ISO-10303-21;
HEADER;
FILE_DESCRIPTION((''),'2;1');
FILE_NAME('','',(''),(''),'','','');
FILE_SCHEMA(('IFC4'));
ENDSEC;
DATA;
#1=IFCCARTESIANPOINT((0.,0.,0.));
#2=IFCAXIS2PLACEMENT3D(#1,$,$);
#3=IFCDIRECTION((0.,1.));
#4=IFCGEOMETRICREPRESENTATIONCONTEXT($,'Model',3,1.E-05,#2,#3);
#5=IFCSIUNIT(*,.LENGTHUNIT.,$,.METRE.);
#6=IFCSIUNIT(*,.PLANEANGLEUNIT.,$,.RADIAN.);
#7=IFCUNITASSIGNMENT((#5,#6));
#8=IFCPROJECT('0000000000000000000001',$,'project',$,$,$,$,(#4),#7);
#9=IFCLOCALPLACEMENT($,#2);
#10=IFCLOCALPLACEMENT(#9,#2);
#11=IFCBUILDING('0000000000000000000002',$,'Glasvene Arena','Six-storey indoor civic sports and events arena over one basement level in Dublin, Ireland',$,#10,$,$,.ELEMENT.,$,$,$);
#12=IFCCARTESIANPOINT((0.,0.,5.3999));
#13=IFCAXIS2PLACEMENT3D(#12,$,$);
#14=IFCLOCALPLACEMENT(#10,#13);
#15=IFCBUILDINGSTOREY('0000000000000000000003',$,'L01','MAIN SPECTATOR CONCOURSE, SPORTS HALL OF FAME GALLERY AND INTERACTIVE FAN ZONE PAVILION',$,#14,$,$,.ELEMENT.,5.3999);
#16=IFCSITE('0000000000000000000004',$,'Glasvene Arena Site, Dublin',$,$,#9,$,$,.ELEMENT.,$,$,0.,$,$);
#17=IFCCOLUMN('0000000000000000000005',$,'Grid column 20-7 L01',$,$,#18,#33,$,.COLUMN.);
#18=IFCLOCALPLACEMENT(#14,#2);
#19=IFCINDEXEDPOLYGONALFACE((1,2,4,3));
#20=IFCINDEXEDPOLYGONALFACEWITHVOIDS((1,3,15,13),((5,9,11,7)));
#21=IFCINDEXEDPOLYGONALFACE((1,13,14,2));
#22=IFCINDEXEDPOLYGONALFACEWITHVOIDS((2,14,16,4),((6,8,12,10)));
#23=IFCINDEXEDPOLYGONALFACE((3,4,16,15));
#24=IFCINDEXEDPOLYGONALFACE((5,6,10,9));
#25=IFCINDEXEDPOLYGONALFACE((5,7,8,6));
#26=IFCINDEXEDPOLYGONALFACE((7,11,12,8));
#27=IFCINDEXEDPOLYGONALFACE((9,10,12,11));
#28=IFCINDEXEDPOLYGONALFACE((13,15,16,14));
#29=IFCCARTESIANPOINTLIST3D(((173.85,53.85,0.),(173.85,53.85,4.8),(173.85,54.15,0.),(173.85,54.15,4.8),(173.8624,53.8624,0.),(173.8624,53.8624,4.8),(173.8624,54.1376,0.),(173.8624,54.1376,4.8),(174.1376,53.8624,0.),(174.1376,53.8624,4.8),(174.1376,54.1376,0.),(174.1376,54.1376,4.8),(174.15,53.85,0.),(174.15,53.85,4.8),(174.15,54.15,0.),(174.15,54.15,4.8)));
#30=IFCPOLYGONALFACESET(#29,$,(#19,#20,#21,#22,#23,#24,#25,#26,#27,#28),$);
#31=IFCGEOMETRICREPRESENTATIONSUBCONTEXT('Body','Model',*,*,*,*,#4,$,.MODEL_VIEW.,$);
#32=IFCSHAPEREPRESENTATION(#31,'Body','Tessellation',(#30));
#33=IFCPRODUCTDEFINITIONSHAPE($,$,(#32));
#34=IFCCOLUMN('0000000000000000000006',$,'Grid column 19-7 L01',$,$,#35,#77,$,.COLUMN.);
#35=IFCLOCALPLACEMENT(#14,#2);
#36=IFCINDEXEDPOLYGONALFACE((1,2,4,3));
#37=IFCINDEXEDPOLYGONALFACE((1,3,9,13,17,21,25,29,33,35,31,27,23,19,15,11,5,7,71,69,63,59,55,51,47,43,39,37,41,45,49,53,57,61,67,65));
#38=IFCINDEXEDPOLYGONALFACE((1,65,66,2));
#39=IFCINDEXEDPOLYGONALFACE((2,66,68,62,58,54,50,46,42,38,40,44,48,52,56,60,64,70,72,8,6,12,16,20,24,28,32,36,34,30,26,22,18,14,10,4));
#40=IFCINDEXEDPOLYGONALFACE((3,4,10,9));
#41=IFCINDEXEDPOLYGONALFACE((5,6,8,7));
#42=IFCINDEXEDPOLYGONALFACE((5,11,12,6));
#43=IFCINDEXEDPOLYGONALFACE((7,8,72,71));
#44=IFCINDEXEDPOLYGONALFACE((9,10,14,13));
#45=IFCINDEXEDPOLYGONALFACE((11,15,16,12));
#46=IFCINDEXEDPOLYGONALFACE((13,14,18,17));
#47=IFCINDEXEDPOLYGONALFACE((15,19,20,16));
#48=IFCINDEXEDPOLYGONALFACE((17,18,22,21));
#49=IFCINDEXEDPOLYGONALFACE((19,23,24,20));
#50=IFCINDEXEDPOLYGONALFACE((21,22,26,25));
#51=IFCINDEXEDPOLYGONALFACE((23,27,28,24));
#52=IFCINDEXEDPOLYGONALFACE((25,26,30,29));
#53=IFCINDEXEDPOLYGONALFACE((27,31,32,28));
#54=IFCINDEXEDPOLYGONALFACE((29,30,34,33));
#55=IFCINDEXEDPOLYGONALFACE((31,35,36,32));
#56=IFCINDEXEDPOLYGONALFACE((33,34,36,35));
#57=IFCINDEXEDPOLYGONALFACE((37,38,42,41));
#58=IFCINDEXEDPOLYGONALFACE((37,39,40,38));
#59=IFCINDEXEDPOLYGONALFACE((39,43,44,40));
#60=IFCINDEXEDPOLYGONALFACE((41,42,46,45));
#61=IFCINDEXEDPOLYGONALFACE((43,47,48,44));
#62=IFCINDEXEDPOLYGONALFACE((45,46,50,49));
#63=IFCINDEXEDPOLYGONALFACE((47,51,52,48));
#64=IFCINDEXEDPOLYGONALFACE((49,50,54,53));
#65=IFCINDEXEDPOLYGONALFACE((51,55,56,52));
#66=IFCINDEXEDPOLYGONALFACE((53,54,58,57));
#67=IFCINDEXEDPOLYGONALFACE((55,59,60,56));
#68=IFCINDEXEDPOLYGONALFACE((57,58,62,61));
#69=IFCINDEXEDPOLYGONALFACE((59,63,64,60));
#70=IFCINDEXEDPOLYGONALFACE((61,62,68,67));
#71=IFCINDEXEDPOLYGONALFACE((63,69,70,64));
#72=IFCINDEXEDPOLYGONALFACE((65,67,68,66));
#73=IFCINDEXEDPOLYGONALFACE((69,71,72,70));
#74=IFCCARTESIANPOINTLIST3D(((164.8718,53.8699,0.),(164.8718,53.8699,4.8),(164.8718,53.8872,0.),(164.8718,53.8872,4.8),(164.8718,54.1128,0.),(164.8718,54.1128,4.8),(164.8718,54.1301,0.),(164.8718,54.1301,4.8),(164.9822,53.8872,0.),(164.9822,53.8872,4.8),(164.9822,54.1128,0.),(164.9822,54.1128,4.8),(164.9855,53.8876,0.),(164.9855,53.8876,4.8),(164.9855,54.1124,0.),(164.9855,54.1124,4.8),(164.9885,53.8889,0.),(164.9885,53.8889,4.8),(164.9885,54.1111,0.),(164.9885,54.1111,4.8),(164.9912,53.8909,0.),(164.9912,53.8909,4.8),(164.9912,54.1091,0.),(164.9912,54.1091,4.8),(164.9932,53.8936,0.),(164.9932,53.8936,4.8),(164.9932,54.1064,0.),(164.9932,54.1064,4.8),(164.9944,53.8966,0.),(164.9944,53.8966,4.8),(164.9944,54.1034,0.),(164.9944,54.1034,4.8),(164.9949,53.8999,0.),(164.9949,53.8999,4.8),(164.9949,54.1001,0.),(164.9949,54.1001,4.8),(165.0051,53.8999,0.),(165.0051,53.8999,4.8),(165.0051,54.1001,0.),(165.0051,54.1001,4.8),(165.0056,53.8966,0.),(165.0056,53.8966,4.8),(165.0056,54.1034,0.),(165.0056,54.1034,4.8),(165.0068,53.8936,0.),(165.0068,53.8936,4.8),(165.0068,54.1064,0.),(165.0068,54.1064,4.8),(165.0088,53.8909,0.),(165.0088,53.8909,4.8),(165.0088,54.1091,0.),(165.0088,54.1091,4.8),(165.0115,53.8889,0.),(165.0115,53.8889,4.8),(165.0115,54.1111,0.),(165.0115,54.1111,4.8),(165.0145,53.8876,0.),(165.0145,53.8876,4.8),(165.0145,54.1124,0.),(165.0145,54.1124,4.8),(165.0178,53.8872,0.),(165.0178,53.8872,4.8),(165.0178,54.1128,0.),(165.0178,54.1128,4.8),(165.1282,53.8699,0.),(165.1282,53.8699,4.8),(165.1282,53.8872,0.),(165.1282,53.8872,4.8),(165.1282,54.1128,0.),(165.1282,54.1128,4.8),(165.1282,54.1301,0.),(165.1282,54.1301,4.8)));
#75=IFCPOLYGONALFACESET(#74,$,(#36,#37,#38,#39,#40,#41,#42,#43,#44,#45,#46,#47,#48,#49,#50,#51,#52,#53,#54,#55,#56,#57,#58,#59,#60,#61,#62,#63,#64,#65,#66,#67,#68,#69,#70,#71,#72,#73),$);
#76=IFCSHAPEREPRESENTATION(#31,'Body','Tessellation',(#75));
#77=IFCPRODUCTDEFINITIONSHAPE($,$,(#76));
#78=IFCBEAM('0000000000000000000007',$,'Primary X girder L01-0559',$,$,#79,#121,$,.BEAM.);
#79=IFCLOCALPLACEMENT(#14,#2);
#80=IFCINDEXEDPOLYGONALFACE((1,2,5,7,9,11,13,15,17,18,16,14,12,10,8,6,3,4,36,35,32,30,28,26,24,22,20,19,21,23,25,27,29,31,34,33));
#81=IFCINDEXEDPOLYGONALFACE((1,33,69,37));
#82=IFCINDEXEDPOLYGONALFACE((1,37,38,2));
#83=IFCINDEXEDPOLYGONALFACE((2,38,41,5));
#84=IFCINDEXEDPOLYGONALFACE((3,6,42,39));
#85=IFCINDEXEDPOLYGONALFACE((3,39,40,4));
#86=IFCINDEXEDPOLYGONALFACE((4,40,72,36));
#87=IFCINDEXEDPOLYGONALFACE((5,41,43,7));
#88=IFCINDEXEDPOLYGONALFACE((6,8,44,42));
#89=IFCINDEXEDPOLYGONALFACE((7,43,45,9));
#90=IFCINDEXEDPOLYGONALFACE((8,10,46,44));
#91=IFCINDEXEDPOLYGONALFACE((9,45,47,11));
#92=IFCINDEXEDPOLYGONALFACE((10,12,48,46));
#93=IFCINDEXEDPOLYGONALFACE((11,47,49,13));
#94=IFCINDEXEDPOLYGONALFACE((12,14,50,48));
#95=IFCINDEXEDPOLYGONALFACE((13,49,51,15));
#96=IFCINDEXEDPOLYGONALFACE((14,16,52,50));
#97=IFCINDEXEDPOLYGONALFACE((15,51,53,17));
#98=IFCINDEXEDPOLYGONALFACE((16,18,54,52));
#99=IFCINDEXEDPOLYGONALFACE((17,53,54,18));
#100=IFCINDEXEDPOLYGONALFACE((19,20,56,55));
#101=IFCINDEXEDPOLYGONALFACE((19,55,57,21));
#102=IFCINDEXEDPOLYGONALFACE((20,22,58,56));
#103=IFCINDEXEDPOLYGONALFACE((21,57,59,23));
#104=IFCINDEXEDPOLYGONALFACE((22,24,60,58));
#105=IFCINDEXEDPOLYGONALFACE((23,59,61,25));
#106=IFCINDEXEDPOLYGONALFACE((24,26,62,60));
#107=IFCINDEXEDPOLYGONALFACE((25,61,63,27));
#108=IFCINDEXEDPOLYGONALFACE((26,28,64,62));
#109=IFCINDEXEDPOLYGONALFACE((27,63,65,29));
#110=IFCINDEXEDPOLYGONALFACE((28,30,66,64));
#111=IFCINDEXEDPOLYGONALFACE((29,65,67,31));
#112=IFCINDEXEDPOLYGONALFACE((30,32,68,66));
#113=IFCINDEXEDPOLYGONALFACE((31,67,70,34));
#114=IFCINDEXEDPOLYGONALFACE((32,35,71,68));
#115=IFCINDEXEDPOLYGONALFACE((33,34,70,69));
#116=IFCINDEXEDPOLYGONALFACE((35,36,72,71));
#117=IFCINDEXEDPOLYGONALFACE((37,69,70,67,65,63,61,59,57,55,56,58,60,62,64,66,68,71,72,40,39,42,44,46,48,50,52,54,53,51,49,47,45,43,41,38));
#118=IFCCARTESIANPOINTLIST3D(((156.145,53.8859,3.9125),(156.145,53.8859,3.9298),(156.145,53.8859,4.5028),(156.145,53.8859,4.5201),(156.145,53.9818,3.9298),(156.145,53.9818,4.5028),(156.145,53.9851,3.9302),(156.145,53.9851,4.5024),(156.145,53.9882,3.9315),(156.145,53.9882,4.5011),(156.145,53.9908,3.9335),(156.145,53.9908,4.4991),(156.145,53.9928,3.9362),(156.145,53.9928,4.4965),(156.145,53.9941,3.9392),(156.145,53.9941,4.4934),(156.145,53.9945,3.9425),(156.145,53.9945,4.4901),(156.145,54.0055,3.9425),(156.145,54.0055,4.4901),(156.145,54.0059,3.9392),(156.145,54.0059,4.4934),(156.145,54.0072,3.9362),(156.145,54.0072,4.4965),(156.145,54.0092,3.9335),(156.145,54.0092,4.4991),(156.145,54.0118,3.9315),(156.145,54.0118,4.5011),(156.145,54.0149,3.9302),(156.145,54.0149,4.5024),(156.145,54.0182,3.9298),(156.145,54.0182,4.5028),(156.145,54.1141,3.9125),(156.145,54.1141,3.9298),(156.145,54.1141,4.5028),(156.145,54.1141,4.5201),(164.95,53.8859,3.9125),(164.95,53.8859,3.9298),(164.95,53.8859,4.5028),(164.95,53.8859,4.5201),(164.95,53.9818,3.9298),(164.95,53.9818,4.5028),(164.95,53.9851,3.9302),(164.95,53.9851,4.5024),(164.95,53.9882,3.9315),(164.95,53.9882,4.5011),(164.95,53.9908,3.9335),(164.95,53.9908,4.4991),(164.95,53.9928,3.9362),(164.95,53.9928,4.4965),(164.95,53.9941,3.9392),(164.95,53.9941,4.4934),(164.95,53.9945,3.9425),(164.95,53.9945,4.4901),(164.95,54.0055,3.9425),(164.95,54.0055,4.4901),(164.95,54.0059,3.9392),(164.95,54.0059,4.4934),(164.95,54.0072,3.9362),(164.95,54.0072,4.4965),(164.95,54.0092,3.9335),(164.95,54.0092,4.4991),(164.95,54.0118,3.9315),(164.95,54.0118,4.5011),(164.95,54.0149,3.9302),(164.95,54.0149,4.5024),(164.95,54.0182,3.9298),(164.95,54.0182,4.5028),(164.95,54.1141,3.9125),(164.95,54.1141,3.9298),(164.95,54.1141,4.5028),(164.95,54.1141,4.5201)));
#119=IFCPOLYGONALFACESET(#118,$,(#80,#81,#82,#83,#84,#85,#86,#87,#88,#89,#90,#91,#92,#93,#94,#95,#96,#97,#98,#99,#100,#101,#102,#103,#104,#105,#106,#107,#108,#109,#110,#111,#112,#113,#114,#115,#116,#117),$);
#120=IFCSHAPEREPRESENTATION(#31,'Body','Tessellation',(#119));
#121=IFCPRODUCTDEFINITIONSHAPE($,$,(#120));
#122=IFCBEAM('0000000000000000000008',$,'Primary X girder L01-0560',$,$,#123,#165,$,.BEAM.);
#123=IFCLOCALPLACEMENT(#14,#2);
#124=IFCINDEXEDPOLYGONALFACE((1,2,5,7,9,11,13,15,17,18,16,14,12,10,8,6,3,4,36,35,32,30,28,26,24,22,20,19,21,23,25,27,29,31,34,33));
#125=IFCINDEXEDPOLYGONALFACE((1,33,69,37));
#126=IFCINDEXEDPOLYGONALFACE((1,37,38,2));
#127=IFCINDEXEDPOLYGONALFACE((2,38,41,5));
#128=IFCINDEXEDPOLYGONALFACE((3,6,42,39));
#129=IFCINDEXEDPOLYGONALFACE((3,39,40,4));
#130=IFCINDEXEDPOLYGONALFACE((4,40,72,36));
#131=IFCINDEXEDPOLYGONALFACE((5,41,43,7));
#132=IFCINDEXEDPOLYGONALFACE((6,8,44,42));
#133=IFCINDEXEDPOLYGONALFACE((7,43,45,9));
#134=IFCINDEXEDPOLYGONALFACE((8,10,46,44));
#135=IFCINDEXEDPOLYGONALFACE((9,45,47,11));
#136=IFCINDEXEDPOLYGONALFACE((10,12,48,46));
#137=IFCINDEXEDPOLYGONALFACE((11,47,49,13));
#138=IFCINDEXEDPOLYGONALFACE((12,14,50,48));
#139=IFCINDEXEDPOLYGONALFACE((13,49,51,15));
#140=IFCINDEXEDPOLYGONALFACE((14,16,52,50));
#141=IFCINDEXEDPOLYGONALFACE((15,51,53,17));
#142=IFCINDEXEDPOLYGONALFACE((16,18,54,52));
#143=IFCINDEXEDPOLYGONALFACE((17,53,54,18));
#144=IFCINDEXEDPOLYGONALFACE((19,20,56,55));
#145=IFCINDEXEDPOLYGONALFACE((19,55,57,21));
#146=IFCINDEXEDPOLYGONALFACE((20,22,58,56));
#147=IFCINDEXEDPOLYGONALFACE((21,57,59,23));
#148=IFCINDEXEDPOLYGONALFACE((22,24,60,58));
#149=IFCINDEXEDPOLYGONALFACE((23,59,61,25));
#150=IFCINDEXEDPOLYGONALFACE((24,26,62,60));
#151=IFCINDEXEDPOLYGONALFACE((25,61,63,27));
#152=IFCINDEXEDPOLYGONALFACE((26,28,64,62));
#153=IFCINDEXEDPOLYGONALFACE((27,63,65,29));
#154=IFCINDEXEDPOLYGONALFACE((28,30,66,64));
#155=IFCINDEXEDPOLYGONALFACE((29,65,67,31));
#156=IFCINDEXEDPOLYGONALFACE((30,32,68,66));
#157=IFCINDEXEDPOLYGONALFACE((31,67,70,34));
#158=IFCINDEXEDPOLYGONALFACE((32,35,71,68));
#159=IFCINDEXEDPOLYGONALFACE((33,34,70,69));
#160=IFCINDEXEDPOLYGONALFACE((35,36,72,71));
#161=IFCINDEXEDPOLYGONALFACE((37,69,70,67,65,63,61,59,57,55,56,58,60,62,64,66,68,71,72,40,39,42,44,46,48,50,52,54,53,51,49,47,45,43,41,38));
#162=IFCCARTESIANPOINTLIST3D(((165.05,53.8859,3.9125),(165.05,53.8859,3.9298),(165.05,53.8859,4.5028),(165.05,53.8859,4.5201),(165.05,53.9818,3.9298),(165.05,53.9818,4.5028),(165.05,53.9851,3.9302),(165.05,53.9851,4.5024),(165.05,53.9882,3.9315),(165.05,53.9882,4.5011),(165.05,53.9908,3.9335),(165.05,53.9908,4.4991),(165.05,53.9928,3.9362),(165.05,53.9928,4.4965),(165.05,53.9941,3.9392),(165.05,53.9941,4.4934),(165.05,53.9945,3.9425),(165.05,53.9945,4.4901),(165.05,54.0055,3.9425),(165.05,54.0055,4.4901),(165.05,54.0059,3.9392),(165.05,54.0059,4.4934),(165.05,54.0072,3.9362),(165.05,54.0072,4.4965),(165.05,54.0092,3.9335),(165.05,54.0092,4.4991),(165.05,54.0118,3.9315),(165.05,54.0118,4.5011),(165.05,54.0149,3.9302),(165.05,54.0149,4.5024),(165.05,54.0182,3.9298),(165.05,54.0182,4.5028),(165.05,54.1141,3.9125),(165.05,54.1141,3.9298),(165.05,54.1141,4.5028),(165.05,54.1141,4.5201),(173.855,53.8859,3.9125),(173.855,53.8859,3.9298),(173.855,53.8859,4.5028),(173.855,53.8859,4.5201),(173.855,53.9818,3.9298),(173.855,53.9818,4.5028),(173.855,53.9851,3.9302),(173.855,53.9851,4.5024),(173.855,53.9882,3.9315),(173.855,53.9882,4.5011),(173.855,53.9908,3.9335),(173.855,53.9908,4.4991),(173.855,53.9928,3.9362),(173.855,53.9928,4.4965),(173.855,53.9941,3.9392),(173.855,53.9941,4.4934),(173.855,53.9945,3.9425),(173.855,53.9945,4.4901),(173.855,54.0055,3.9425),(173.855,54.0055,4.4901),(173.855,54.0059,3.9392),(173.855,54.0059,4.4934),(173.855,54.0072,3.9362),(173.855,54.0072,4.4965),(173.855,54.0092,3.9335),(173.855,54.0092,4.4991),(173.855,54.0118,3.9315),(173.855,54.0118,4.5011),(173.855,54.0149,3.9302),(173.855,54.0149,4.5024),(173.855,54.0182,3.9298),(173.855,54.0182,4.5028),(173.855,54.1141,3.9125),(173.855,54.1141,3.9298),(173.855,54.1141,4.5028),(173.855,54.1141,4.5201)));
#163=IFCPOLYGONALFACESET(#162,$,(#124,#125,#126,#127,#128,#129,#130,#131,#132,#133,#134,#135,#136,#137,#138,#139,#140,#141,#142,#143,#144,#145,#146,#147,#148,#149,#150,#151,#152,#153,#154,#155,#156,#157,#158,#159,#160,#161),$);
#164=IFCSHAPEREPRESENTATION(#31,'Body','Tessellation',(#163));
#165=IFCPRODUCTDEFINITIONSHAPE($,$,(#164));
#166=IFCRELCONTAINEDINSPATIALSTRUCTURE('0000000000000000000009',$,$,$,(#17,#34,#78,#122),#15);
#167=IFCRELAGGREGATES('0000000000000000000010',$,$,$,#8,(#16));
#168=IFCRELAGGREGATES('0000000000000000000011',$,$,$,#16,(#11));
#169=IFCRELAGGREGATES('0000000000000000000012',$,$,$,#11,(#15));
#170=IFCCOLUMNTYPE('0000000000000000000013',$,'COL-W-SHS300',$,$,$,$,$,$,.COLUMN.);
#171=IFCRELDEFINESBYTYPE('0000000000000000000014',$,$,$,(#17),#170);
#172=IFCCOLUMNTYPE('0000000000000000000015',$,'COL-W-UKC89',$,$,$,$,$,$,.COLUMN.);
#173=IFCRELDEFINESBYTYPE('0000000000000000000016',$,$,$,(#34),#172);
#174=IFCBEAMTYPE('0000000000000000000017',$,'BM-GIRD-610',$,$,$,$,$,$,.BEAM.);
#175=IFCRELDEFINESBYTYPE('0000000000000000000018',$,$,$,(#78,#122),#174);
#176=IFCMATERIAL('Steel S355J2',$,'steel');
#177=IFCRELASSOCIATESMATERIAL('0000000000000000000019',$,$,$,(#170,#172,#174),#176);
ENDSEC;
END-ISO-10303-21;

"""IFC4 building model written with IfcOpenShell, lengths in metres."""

from ifc_helpers import new_model, si_unit, direction, frame, origin, origin_2d, place, context, subcontext, project, spatial, hollow_rectangle, i_section, extrude, material, material_profile, profile_set, type_object, element, save


model = new_model("IFC4")

# Units and contexts
model_context = context("Model", 3, precision=1e-05, world=origin(), true_north=direction((0.0, 1.0)))
body_context = subcontext(model_context, "Body", "Model", "MODEL_VIEW")
ifc_project = project(units=[si_unit("LENGTHUNIT", "METRE"), si_unit("PLANEANGLEUNIT", "RADIAN")], contexts=[model_context])

# Site, building, storey
site_placement = place(None, origin())
site = spatial("IfcSite", under=ifc_project, at=site_placement, Name="Glasvene Arena Site, Dublin", CompositionType="ELEMENT", RefElevation=0.0)
building_placement = place(site_placement, origin())
building = spatial("IfcBuilding", under=site, at=building_placement, Name="Glasvene Arena", Description="Six-storey indoor civic sports and events arena over one basement level in Dublin, Ireland", CompositionType="ELEMENT")
storey_placement = place(building_placement, frame((0.0, 0.0, 5.3999)))
storey = spatial("IfcBuildingStorey", under=building, at=storey_placement, Name="L01", Description="MAIN SPECTATOR CONCOURSE, SPORTS HALL OF FAME GALLERY AND INTERACTIVE FAN ZONE PAVILION", CompositionType="ELEMENT", Elevation=5.3999)

# Columns
ifc_material_1 = material(Name="Steel S355J2", Category="steel")
ifc_material_profile_1 = material_profile(ifc_material_1, hollow_rectangle(XDim=0.3, YDim=0.3, WallThickness=0.0125, at=origin_2d()), Name="SHS 300x300x12.5")
ifc_profile_set_1 = profile_set([ifc_material_profile_1], Name="Steel S355J2")
column_type_1 = type_object("IfcColumnType", Name="COL-W-SHS300", PredefinedType="COLUMN", material=ifc_profile_set_1)
column_1_placement = place(storey_placement, frame((174.0, 54.0, 0.0), z_axis=(0.0, 0.0, 1.0), x_axis=(1.0, 0.0, 0.0)))
element("IfcColumn", 1, at=column_1_placement, inside=storey, type_object=column_type_1, Name="Grid column 20-7 L01", PredefinedType="COLUMN", context=body_context, shape_type="SweptSolid", body=[
    extrude(hollow_rectangle(XDim=0.3, YDim=0.3, WallThickness=0.0125, at=origin_2d()), origin(), (0.0, 0.0, 1.0), 4.8),
])
ifc_material_profile_2 = material_profile(ifc_material_1, i_section(OverallWidth=0.2563, OverallDepth=0.2603, WebThickness=0.0103, FlangeThickness=0.0173, FilletRadius=0.0127, at=origin_2d()), Name="UKC 254x254x89")
ifc_profile_set_2 = profile_set([ifc_material_profile_2], Name="Steel S355J2")
column_type_2 = type_object("IfcColumnType", Name="COL-W-UKC89", PredefinedType="COLUMN", material=ifc_profile_set_2)
column_2_placement = place(storey_placement, frame((165.0, 54.0, 0.0), z_axis=(0.0, 0.0, 1.0), x_axis=(1.0, 0.0, 0.0)))
element("IfcColumn", 2, at=column_2_placement, inside=storey, type_object=column_type_2, Name="Grid column 19-7 L01", PredefinedType="COLUMN", context=body_context, shape_type="SweptSolid", body=[
    extrude(i_section(OverallWidth=0.2563, OverallDepth=0.2603, WebThickness=0.0103, FlangeThickness=0.0173, FilletRadius=0.0127, at=origin_2d()), origin(), (0.0, 0.0, 1.0), 4.8),
])

# Beams
ifc_material_profile_3 = material_profile(ifc_material_1, i_section(OverallWidth=0.2283, OverallDepth=0.6077, WebThickness=0.011, FlangeThickness=0.0173, FilletRadius=0.0127, at=origin_2d()), Name="UKB 610x229x113")
ifc_profile_set_3 = profile_set([ifc_material_profile_3], Name="Steel S355J2")
beam_type_1 = type_object("IfcBeamType", Name="BM-GIRD-610", PredefinedType="BEAM", material=ifc_profile_set_3)
for number, where, z_axis, x_axis, name in (
    (3, (156.145, 54.0, 4.2163), (1.0, 0.0, 0.0), (0.0, 1.0, 0.0), "Primary X girder L01-0559"),
    (4, (165.05, 54.0, 4.2163), (1.0, 0.0, 0.0), (0.0, 1.0, 0.0), "Primary X girder L01-0560"),
):
    element("IfcBeam", number, at=place(storey_placement, frame(where, z_axis=z_axis, x_axis=x_axis)), inside=storey, type_object=beam_type_1, Name=name, PredefinedType="BEAM", context=body_context, shape_type="SweptSolid", body=[
        extrude(i_section(OverallWidth=0.2283, OverallDepth=0.6077, WebThickness=0.011, FlangeThickness=0.0173, FilletRadius=0.0127, at=origin_2d()), origin(), (0.0, 0.0, 1.0), 8.8049),
    ])

save(model, "model.ifc")
